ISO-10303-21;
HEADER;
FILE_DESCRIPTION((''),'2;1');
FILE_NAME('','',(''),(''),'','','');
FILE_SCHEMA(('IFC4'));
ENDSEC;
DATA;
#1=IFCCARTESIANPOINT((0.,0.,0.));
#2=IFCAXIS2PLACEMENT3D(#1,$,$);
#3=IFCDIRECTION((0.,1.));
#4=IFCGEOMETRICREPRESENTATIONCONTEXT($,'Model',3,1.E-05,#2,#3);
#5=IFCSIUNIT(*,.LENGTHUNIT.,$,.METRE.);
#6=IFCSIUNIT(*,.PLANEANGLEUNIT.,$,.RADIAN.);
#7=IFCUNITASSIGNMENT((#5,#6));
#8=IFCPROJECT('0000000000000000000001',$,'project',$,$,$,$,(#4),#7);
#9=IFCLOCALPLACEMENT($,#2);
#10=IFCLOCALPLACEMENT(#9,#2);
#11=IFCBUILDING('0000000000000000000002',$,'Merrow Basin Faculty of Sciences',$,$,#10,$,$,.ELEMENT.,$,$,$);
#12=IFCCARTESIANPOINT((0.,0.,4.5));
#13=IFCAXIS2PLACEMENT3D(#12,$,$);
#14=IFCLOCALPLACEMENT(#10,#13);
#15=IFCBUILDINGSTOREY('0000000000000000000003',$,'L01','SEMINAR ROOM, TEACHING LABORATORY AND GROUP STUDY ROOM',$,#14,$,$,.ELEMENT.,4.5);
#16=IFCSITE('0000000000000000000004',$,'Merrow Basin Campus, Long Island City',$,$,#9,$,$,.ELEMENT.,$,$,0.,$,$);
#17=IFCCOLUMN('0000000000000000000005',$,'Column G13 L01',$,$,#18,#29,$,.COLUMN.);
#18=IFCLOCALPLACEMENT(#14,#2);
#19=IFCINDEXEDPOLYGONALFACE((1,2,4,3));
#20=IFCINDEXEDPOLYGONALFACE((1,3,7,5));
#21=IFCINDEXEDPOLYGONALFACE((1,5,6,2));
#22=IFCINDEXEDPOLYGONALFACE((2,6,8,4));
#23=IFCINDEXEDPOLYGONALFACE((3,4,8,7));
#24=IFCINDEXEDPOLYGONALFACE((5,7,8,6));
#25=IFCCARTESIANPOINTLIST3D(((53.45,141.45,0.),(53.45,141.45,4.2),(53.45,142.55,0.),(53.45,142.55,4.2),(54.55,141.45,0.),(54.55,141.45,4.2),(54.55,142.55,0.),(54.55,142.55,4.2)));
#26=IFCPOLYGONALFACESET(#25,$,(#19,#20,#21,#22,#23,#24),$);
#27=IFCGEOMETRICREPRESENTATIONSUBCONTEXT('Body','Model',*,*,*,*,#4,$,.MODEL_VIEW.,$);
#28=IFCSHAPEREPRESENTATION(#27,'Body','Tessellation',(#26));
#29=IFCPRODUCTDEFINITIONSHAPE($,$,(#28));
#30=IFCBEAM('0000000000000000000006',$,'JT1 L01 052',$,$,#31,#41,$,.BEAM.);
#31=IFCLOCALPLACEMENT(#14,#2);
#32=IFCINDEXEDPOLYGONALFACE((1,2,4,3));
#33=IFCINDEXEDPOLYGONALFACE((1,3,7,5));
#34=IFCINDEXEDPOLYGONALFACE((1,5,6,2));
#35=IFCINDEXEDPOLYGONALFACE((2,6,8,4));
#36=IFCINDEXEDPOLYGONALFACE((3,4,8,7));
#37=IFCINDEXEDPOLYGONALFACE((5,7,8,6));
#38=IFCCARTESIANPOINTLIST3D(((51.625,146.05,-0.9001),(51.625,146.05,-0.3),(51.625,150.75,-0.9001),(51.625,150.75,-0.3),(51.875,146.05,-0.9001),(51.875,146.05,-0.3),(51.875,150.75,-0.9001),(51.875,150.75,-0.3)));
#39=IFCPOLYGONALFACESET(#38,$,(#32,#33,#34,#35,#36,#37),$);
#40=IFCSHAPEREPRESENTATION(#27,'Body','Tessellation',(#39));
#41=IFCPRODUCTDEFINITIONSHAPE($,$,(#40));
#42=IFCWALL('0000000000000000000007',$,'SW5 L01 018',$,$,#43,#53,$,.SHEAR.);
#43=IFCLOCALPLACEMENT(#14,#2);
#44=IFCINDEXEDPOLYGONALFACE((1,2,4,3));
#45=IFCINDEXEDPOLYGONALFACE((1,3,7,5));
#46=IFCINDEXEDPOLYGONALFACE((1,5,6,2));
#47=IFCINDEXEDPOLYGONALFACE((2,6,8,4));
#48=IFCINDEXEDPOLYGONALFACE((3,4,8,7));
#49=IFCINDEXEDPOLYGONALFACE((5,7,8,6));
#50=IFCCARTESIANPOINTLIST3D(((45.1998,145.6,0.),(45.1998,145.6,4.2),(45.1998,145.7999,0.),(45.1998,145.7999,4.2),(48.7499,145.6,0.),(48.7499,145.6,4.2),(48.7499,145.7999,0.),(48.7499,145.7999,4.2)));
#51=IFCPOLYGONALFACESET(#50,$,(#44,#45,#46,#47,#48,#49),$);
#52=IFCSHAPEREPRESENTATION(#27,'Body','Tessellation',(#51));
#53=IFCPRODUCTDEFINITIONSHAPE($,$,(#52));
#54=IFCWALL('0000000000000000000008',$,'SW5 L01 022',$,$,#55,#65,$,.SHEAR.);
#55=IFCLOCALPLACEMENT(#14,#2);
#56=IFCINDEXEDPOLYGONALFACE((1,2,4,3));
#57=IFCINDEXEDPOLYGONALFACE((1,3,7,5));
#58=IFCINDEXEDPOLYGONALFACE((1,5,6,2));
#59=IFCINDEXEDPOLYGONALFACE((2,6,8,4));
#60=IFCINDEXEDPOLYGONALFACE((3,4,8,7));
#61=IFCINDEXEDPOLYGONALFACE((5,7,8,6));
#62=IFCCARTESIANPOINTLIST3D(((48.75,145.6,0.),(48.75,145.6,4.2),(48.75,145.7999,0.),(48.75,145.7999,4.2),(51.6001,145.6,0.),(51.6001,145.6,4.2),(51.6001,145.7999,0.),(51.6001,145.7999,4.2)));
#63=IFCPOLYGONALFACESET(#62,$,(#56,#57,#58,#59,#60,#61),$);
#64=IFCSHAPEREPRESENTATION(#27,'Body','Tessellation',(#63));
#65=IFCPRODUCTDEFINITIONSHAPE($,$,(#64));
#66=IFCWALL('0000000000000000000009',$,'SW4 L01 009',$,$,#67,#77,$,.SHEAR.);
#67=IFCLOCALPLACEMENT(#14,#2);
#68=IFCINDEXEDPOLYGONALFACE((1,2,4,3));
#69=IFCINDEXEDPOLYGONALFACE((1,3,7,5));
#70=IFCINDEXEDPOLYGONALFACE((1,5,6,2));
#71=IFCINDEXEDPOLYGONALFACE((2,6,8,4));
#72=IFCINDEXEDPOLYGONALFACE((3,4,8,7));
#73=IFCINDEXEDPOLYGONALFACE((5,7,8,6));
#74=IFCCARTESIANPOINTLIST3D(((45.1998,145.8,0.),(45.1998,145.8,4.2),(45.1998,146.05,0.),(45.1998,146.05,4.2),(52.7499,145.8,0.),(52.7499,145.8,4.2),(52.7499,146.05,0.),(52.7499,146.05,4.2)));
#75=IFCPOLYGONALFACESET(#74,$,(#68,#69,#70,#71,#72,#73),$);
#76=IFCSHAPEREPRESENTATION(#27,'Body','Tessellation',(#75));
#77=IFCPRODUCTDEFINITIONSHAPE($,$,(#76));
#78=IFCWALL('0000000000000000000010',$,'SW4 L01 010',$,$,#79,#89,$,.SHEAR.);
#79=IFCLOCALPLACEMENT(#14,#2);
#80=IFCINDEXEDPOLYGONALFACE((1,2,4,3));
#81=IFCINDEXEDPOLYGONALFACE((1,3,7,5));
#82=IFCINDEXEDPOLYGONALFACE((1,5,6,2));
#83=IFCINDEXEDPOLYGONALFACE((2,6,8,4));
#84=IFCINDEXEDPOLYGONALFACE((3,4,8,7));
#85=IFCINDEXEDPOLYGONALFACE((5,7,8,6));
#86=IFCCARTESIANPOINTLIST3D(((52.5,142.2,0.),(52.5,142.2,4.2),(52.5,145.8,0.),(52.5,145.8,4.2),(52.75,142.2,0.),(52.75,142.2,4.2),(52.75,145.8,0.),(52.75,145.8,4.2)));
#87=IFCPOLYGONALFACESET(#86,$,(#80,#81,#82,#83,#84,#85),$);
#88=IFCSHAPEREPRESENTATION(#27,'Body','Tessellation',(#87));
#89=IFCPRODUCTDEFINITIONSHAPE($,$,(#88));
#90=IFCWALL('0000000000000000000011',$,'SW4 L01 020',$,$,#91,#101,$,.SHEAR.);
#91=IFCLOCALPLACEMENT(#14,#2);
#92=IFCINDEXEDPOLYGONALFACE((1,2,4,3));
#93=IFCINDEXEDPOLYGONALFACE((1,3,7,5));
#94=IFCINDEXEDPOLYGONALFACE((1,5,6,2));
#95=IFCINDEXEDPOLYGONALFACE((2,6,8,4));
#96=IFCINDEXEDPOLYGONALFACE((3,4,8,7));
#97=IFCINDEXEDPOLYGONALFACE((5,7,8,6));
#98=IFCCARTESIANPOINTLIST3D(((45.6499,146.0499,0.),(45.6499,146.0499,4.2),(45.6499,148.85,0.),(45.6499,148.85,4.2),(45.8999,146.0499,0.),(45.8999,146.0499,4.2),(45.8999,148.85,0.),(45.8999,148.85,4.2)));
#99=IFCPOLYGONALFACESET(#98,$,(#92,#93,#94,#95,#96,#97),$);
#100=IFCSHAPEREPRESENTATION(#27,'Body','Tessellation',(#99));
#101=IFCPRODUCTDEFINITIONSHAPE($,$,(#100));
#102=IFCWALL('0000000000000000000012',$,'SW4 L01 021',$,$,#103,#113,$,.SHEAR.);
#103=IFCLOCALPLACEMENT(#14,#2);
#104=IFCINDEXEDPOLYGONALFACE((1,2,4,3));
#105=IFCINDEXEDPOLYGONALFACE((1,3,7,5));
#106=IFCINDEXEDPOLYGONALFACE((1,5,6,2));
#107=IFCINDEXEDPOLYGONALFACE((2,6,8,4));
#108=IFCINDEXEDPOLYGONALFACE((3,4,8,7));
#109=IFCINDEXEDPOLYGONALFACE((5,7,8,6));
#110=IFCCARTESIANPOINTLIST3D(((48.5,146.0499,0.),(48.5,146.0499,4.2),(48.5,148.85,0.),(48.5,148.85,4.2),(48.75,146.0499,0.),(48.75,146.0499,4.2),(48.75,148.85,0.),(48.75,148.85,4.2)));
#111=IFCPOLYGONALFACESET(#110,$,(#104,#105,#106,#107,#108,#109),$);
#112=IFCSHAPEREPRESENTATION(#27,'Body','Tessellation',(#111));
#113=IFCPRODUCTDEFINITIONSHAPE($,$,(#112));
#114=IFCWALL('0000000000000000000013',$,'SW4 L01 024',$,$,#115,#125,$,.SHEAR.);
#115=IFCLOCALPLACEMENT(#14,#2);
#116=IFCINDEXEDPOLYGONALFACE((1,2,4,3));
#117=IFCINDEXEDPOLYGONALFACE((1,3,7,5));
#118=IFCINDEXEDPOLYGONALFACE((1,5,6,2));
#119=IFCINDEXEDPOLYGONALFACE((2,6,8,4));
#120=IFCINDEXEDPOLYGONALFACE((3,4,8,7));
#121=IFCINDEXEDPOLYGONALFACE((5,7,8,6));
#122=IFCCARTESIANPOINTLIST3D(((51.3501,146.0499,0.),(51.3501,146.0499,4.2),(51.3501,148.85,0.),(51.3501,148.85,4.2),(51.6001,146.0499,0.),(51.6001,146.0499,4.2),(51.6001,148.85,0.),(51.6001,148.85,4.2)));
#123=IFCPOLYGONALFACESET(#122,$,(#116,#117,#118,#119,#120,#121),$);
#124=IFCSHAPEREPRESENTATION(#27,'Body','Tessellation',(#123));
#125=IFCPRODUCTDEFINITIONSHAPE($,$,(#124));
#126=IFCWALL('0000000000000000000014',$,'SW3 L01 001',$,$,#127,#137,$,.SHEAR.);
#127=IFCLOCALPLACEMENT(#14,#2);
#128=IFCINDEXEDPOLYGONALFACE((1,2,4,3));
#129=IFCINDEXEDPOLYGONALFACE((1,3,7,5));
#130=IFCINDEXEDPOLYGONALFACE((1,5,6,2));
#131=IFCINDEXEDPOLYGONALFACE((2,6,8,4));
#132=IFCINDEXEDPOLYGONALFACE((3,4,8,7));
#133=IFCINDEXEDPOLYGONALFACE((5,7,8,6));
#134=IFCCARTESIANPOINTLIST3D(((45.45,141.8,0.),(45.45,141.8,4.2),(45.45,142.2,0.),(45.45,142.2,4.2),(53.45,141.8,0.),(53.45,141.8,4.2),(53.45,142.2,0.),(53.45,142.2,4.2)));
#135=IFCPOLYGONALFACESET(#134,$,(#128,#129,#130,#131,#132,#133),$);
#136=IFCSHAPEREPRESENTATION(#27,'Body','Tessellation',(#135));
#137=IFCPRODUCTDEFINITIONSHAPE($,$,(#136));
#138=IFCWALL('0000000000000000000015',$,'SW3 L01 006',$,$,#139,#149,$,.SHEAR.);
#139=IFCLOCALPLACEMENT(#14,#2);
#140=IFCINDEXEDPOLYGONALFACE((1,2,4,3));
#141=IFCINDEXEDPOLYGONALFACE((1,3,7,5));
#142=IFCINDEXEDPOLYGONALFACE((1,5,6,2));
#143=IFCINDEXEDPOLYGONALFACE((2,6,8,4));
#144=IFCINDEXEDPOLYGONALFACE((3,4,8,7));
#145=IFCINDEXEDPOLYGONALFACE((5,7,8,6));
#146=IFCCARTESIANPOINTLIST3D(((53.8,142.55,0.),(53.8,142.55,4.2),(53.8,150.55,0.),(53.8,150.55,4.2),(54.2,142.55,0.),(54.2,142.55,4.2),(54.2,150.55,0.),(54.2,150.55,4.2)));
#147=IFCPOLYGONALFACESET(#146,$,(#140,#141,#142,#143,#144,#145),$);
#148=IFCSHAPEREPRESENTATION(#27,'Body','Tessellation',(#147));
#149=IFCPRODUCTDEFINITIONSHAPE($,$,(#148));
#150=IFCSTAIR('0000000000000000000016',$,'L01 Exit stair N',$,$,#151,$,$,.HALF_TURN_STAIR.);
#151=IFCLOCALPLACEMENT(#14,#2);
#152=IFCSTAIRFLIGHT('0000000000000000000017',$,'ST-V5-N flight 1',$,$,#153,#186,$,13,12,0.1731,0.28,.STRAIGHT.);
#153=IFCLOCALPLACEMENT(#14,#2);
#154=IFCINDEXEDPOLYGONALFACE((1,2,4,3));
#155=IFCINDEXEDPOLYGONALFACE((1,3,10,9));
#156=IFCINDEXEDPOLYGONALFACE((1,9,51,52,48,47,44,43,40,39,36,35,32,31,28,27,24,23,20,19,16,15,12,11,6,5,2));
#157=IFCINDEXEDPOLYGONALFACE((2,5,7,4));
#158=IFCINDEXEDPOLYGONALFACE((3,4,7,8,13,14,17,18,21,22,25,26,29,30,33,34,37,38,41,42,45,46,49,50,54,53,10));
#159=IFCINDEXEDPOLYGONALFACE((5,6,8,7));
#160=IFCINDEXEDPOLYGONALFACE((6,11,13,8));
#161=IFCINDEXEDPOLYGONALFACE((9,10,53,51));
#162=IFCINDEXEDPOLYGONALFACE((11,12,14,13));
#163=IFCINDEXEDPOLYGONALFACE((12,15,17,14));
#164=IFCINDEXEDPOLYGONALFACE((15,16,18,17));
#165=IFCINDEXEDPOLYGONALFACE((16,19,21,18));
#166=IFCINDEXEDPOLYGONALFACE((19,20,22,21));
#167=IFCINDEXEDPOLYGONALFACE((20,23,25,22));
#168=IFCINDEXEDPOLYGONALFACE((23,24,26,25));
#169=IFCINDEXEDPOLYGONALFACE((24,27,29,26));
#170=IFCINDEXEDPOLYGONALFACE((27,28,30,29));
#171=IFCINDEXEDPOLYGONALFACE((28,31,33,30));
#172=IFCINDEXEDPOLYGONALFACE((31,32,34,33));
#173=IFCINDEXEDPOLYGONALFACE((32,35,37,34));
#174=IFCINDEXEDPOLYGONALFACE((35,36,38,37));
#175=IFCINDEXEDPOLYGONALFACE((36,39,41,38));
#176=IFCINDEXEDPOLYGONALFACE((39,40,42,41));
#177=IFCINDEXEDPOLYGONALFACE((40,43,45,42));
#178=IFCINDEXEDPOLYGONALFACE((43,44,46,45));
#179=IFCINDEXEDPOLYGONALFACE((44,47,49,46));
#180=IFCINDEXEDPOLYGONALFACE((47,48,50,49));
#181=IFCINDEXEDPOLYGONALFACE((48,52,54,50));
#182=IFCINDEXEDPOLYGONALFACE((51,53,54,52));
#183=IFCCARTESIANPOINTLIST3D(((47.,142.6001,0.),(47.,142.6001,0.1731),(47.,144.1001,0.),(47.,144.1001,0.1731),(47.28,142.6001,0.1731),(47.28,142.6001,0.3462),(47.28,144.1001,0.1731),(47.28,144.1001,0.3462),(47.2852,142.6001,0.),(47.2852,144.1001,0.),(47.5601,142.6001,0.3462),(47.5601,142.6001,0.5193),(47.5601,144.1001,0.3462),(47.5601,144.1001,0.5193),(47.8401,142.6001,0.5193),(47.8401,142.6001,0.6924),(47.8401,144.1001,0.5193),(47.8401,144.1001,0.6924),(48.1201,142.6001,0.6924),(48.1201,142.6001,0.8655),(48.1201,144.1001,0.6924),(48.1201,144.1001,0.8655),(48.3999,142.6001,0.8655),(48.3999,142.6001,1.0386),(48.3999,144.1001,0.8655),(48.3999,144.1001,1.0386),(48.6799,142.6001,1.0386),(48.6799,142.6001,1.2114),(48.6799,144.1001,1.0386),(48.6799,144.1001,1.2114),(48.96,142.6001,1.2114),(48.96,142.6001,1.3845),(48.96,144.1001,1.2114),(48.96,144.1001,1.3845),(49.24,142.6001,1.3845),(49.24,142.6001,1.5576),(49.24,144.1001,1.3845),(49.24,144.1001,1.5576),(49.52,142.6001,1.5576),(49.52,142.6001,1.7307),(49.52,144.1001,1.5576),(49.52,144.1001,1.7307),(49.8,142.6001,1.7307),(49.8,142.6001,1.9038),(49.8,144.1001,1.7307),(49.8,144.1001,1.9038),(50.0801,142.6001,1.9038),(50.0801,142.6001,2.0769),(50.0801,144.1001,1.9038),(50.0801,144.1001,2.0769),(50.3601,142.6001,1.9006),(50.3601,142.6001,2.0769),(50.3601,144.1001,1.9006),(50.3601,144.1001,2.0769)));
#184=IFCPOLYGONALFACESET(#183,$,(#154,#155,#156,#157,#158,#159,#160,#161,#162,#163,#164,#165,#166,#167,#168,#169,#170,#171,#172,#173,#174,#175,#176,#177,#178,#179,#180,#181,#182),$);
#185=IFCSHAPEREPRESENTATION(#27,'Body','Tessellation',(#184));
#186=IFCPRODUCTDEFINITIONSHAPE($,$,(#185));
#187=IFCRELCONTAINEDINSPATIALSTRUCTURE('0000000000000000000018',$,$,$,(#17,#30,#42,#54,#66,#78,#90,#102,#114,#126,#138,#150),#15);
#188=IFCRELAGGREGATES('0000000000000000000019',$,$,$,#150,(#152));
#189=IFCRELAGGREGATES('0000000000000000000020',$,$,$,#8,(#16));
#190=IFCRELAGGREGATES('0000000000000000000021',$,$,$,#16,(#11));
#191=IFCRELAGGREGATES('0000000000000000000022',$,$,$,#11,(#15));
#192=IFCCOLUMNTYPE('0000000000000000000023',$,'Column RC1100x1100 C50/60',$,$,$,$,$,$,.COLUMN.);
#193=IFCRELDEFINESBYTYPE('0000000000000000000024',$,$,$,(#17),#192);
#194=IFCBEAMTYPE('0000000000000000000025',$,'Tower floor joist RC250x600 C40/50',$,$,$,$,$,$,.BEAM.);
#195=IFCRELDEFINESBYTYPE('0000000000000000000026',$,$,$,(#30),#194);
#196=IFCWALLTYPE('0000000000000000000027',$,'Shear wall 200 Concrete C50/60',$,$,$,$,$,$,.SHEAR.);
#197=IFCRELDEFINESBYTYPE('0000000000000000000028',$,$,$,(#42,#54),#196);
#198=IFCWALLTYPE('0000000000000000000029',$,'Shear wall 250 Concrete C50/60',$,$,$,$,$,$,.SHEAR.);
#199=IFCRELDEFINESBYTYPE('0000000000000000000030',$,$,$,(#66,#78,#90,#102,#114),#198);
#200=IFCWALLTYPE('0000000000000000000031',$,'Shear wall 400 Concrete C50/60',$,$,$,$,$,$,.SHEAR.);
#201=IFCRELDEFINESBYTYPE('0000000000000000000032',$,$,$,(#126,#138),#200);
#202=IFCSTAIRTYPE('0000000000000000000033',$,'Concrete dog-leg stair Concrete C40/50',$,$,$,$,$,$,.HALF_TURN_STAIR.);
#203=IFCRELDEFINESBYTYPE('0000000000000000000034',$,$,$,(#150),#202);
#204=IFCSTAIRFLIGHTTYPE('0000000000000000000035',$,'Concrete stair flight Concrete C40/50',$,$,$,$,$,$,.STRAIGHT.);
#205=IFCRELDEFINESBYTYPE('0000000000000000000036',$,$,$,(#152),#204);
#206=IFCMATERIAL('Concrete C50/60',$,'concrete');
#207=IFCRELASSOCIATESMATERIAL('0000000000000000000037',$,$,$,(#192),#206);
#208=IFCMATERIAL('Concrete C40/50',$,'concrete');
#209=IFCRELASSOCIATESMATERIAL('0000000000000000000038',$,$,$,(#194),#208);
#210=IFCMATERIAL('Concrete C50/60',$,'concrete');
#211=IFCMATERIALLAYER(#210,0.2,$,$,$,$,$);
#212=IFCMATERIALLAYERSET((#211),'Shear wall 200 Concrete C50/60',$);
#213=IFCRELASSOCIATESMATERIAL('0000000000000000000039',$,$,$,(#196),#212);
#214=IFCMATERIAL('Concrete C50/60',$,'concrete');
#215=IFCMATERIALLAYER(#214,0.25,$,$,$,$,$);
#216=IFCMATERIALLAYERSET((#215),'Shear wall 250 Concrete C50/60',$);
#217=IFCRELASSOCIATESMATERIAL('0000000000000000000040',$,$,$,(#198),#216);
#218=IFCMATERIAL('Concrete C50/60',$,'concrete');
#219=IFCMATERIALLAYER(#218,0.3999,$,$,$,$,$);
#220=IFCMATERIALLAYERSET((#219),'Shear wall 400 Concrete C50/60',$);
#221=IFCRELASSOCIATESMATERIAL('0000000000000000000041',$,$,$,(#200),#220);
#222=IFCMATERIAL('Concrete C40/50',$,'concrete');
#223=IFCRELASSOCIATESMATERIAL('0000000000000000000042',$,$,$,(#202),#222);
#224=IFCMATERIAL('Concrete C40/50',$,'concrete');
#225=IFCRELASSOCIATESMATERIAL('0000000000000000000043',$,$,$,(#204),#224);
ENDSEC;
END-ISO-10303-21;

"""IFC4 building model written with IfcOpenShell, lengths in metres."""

from ifc_helpers import new_model, si_unit, direction, frame, frame_2d, origin, origin_2d, place, context, subcontext, project, spatial, polyline, rectangle, outline, extrude, material, layer, layer_set, material_profile, profile_set, type_object, element, aggregate, save


model = new_model("IFC4")

# Units and contexts
model_context = context("Model", 3, precision=1e-05, world=origin(), true_north=direction((0.0, 1.0)))
body_context = subcontext(model_context, "Body", "Model", "MODEL_VIEW")
ifc_project = project(units=[si_unit("LENGTHUNIT", "METRE"), si_unit("PLANEANGLEUNIT", "RADIAN")], contexts=[model_context])

# Site, building, storey
site_placement = place(None, origin())
site = spatial("IfcSite", under=ifc_project, at=site_placement, Name="Merrow Basin Campus, Long Island City", CompositionType="ELEMENT", RefElevation=0.0)
building_placement = place(site_placement, origin())
building = spatial("IfcBuilding", under=site, at=building_placement, Name="Merrow Basin Faculty of Sciences", CompositionType="ELEMENT")
storey_placement = place(building_placement, frame((0.0, 0.0, 4.5)))
storey = spatial("IfcBuildingStorey", under=building, at=storey_placement, Name="L01", Description="SEMINAR ROOM, TEACHING LABORATORY AND GROUP STUDY ROOM", CompositionType="ELEMENT", Elevation=4.5)

# Column
ifc_material_1 = material(Name="Concrete C50/60", Category="concrete")
ifc_material_profile_1 = material_profile(ifc_material_1, rectangle(XDim=1.1001, YDim=1.1001, at=origin_2d()))
ifc_profile_set_1 = profile_set([ifc_material_profile_1], Name="Concrete C50/60")
column_type = type_object("IfcColumnType", Name="Column RC1100x1100 C50/60", PredefinedType="COLUMN", material=ifc_profile_set_1)
column_placement = place(storey_placement, frame((54.0, 142.0, 0.0), z_axis=(0.0, 0.0, 1.0), x_axis=(1.0, 0.0, 0.0)))
element("IfcColumn", 1, at=column_placement, inside=storey, type_object=column_type, Name="Column G13 L01", PredefinedType="COLUMN", context=body_context, shape_type="SweptSolid", body=[
    extrude(rectangle(XDim=1.1001, YDim=1.1001, at=origin_2d()), origin(), (0.0, 0.0, 1.0), 4.2),
])

# Beam
ifc_material_2 = material(Name="Concrete C40/50", Category="concrete")
ifc_material_profile_2 = material_profile(ifc_material_2, rectangle(XDim=0.25, YDim=0.6001, at=origin_2d()))
ifc_profile_set_2 = profile_set([ifc_material_profile_2], Name="Concrete C40/50")
beam_type = type_object("IfcBeamType", Name="Tower floor joist RC250x600 C40/50", PredefinedType="BEAM", material=ifc_profile_set_2)
beam_placement = place(storey_placement, frame((51.75, 146.05, -0.6001), z_axis=(0.0, 1.0, 0.0), x_axis=(-1.0, 0.0, 0.0)))
element("IfcBeam", 2, at=beam_placement, inside=storey, type_object=beam_type, Name="JT1 L01 052", PredefinedType="BEAM", context=body_context, shape_type="SweptSolid", body=[
    extrude(rectangle(XDim=0.25, YDim=0.6001, at=origin_2d()), origin(), (0.0, 0.0, 1.0), 4.7),
])

# Walls
ifc_material_3 = material(Name="Concrete C50/60", Category="concrete")
ifc_layer_1 = layer(ifc_material_3, 0.2)
ifc_layer_set_1 = layer_set([ifc_layer_1], Name="Shear wall 200 Concrete C50/60")
wall_type_1 = type_object("IfcWallType", Name="Shear wall 200 Concrete C50/60", PredefinedType="SHEAR", material=ifc_layer_set_1)
wall_1_placement = place(storey_placement, frame((45.2, 145.7, 0.0), z_axis=(0.0, 0.0, 1.0), x_axis=(1.0, 0.0, 0.0)))
element("IfcWall", 3, at=wall_1_placement, inside=storey, type_object=wall_type_1, Name="SW5 L01 018", PredefinedType="SHEAR", context=body_context, shape_type="SweptSolid", body=[
    extrude(rectangle(XDim=3.55, YDim=0.2, at=frame_2d((1.7749, 0.0))), origin(), (0.0, 0.0, 1.0), 4.2),
])
wall_2_placement = place(storey_placement, frame((48.75, 145.7, 0.0), z_axis=(0.0, 0.0, 1.0), x_axis=(1.0, 0.0, 0.0)))
element("IfcWall", 4, at=wall_2_placement, inside=storey, type_object=wall_type_1, Name="SW5 L01 022", PredefinedType="SHEAR", context=body_context, shape_type="SweptSolid", body=[
    extrude(rectangle(XDim=2.8501, YDim=0.2, at=frame_2d((1.425, 0.0))), origin(), (0.0, 0.0, 1.0), 4.2),
])
ifc_material_4 = material(Name="Concrete C50/60", Category="concrete")
ifc_layer_2 = layer(ifc_material_4, 0.25)
ifc_layer_set_2 = layer_set([ifc_layer_2], Name="Shear wall 250 Concrete C50/60")
wall_type_2 = type_object("IfcWallType", Name="Shear wall 250 Concrete C50/60", PredefinedType="SHEAR", material=ifc_layer_set_2)
wall_3_placement = place(storey_placement, frame((45.2, 145.925, 0.0), z_axis=(0.0, 0.0, 1.0), x_axis=(1.0, 0.0, 0.0)))
element("IfcWall", 5, at=wall_3_placement, inside=storey, type_object=wall_type_2, Name="SW4 L01 009", PredefinedType="SHEAR", context=body_context, shape_type="SweptSolid", body=[
    extrude(rectangle(XDim=7.55, YDim=0.25, at=frame_2d((3.7749, 0.0))), origin(), (0.0, 0.0, 1.0), 4.2),
])
wall_4_placement = place(storey_placement, frame((52.625, 142.2, 0.0), z_axis=(0.0, 0.0, 1.0), x_axis=(0.0, 1.0, 0.0)))
element("IfcWall", 6, at=wall_4_placement, inside=storey, type_object=wall_type_2, Name="SW4 L01 010", PredefinedType="SHEAR", context=body_context, shape_type="SweptSolid", body=[
    extrude(rectangle(XDim=3.6001, YDim=0.25, at=frame_2d((1.8, 0.0))), origin(), (0.0, 0.0, 1.0), 4.2),
])
for number, where, z_axis, x_axis, name in (
    (7, (45.7749, 146.05, 0.0), (0.0, 0.0, 1.0), (0.0, 1.0, 0.0), "SW4 L01 020"),
    (8, (48.625, 146.05, 0.0), (0.0, 0.0, 1.0), (0.0, 1.0, 0.0), "SW4 L01 021"),
    (9, (51.4751, 146.05, 0.0), (0.0, 0.0, 1.0), (0.0, 1.0, 0.0), "SW4 L01 024"),
):
    element("IfcWall", number, at=place(storey_placement, frame(where, z_axis=z_axis, x_axis=x_axis)), inside=storey, type_object=wall_type_2, Name=name, PredefinedType="SHEAR", context=body_context, shape_type="SweptSolid", body=[
        extrude(rectangle(XDim=2.8, YDim=0.25, at=frame_2d((1.3999, 0.0))), origin(), (0.0, 0.0, 1.0), 4.2),
    ])
ifc_material_5 = material(Name="Concrete C50/60", Category="concrete")
ifc_layer_3 = layer(ifc_material_5, 0.3999)
ifc_layer_set_3 = layer_set([ifc_layer_3], Name="Shear wall 400 Concrete C50/60")
wall_type_3 = type_object("IfcWallType", Name="Shear wall 400 Concrete C50/60", PredefinedType="SHEAR", material=ifc_layer_set_3)
for number, where, z_axis, x_axis, name in (
    (10, (45.45, 142.0, 0.0), (0.0, 0.0, 1.0), (1.0, 0.0, 0.0), "SW3 L01 001"),
    (11, (54.0, 142.55, 0.0), (0.0, 0.0, 1.0), (0.0, 1.0, 0.0), "SW3 L01 006"),
):
    element("IfcWall", number, at=place(storey_placement, frame(where, z_axis=z_axis, x_axis=x_axis)), inside=storey, type_object=wall_type_3, Name=name, PredefinedType="SHEAR", context=body_context, shape_type="SweptSolid", body=[
        extrude(rectangle(XDim=8.0, YDim=0.3999, at=frame_2d((4.0, 0.0))), origin(), (0.0, 0.0, 1.0), 4.2),
    ])

# Stair, stair flight
ifc_material_6 = material(Name="Concrete C40/50", Category="concrete")
stair_type = type_object("IfcStairType", Name="Concrete dog-leg stair Concrete C40/50", PredefinedType="HALF_TURN_STAIR", material=ifc_material_6)
stair_placement = place(storey_placement, origin())
stair = element("IfcStair", 12, at=stair_placement, inside=storey, type_object=stair_type, Name="L01 Exit stair N", PredefinedType="HALF_TURN_STAIR")
ifc_material_7 = material(Name="Concrete C40/50", Category="concrete")
stair_flight_type = type_object("IfcStairFlightType", Name="Concrete stair flight Concrete C40/50", PredefinedType="STRAIGHT", material=ifc_material_7)
stair_flight_1_placement = place(storey_placement, frame((47.0, 143.3501, 0.0), z_axis=(0.0, 0.0, 1.0), x_axis=(1.0, 0.0, 0.0)))
stair_flight_1 = element("IfcStairFlight", 13, at=stair_flight_1_placement, type_object=stair_flight_type, Name="ST-V5-N flight 1", NumberOfRisers=13, NumberOfTreads=12, PredefinedType="STRAIGHT", RiserHeight=0.1731, TreadLength=0.28, context=body_context, shape_type="SweptSolid", body=[
    extrude(outline(polyline([(0.0, 0.0), (0.0, 0.1731), (0.28, 0.1731), (0.28, 0.3462), (0.5601, 0.3462), (0.5601, 0.5193), (0.8401, 0.5193), (0.8401, 0.6924), (1.1201, 0.6924), (1.1201, 0.8655), (1.3999, 0.8655), (1.3999, 1.0386), (1.6799, 1.0386), (1.6799, 1.2114), (1.96, 1.2114), (1.96, 1.3845), (2.24, 1.3845), (2.24, 1.5576), (2.52, 1.5576), (2.52, 1.7307), (2.8, 1.7307), (2.8, 1.9038), (3.0801, 1.9038), (3.0801, 2.0769), (3.3601, 2.0769), (3.3601, 2.25), (3.3601, 1.9006), (0.2852, 0.0), (0.0, 0.0)])), frame((0.0, 0.75, 0.0), z_axis=(0.0, -1.0, 0.0), x_axis=(1.0, 0.0, 0.0)), (0.0, 0.0, 1.0), 1.5),
])
aggregate(stair, [stair_flight_1])

save(model, "model.ifc")
